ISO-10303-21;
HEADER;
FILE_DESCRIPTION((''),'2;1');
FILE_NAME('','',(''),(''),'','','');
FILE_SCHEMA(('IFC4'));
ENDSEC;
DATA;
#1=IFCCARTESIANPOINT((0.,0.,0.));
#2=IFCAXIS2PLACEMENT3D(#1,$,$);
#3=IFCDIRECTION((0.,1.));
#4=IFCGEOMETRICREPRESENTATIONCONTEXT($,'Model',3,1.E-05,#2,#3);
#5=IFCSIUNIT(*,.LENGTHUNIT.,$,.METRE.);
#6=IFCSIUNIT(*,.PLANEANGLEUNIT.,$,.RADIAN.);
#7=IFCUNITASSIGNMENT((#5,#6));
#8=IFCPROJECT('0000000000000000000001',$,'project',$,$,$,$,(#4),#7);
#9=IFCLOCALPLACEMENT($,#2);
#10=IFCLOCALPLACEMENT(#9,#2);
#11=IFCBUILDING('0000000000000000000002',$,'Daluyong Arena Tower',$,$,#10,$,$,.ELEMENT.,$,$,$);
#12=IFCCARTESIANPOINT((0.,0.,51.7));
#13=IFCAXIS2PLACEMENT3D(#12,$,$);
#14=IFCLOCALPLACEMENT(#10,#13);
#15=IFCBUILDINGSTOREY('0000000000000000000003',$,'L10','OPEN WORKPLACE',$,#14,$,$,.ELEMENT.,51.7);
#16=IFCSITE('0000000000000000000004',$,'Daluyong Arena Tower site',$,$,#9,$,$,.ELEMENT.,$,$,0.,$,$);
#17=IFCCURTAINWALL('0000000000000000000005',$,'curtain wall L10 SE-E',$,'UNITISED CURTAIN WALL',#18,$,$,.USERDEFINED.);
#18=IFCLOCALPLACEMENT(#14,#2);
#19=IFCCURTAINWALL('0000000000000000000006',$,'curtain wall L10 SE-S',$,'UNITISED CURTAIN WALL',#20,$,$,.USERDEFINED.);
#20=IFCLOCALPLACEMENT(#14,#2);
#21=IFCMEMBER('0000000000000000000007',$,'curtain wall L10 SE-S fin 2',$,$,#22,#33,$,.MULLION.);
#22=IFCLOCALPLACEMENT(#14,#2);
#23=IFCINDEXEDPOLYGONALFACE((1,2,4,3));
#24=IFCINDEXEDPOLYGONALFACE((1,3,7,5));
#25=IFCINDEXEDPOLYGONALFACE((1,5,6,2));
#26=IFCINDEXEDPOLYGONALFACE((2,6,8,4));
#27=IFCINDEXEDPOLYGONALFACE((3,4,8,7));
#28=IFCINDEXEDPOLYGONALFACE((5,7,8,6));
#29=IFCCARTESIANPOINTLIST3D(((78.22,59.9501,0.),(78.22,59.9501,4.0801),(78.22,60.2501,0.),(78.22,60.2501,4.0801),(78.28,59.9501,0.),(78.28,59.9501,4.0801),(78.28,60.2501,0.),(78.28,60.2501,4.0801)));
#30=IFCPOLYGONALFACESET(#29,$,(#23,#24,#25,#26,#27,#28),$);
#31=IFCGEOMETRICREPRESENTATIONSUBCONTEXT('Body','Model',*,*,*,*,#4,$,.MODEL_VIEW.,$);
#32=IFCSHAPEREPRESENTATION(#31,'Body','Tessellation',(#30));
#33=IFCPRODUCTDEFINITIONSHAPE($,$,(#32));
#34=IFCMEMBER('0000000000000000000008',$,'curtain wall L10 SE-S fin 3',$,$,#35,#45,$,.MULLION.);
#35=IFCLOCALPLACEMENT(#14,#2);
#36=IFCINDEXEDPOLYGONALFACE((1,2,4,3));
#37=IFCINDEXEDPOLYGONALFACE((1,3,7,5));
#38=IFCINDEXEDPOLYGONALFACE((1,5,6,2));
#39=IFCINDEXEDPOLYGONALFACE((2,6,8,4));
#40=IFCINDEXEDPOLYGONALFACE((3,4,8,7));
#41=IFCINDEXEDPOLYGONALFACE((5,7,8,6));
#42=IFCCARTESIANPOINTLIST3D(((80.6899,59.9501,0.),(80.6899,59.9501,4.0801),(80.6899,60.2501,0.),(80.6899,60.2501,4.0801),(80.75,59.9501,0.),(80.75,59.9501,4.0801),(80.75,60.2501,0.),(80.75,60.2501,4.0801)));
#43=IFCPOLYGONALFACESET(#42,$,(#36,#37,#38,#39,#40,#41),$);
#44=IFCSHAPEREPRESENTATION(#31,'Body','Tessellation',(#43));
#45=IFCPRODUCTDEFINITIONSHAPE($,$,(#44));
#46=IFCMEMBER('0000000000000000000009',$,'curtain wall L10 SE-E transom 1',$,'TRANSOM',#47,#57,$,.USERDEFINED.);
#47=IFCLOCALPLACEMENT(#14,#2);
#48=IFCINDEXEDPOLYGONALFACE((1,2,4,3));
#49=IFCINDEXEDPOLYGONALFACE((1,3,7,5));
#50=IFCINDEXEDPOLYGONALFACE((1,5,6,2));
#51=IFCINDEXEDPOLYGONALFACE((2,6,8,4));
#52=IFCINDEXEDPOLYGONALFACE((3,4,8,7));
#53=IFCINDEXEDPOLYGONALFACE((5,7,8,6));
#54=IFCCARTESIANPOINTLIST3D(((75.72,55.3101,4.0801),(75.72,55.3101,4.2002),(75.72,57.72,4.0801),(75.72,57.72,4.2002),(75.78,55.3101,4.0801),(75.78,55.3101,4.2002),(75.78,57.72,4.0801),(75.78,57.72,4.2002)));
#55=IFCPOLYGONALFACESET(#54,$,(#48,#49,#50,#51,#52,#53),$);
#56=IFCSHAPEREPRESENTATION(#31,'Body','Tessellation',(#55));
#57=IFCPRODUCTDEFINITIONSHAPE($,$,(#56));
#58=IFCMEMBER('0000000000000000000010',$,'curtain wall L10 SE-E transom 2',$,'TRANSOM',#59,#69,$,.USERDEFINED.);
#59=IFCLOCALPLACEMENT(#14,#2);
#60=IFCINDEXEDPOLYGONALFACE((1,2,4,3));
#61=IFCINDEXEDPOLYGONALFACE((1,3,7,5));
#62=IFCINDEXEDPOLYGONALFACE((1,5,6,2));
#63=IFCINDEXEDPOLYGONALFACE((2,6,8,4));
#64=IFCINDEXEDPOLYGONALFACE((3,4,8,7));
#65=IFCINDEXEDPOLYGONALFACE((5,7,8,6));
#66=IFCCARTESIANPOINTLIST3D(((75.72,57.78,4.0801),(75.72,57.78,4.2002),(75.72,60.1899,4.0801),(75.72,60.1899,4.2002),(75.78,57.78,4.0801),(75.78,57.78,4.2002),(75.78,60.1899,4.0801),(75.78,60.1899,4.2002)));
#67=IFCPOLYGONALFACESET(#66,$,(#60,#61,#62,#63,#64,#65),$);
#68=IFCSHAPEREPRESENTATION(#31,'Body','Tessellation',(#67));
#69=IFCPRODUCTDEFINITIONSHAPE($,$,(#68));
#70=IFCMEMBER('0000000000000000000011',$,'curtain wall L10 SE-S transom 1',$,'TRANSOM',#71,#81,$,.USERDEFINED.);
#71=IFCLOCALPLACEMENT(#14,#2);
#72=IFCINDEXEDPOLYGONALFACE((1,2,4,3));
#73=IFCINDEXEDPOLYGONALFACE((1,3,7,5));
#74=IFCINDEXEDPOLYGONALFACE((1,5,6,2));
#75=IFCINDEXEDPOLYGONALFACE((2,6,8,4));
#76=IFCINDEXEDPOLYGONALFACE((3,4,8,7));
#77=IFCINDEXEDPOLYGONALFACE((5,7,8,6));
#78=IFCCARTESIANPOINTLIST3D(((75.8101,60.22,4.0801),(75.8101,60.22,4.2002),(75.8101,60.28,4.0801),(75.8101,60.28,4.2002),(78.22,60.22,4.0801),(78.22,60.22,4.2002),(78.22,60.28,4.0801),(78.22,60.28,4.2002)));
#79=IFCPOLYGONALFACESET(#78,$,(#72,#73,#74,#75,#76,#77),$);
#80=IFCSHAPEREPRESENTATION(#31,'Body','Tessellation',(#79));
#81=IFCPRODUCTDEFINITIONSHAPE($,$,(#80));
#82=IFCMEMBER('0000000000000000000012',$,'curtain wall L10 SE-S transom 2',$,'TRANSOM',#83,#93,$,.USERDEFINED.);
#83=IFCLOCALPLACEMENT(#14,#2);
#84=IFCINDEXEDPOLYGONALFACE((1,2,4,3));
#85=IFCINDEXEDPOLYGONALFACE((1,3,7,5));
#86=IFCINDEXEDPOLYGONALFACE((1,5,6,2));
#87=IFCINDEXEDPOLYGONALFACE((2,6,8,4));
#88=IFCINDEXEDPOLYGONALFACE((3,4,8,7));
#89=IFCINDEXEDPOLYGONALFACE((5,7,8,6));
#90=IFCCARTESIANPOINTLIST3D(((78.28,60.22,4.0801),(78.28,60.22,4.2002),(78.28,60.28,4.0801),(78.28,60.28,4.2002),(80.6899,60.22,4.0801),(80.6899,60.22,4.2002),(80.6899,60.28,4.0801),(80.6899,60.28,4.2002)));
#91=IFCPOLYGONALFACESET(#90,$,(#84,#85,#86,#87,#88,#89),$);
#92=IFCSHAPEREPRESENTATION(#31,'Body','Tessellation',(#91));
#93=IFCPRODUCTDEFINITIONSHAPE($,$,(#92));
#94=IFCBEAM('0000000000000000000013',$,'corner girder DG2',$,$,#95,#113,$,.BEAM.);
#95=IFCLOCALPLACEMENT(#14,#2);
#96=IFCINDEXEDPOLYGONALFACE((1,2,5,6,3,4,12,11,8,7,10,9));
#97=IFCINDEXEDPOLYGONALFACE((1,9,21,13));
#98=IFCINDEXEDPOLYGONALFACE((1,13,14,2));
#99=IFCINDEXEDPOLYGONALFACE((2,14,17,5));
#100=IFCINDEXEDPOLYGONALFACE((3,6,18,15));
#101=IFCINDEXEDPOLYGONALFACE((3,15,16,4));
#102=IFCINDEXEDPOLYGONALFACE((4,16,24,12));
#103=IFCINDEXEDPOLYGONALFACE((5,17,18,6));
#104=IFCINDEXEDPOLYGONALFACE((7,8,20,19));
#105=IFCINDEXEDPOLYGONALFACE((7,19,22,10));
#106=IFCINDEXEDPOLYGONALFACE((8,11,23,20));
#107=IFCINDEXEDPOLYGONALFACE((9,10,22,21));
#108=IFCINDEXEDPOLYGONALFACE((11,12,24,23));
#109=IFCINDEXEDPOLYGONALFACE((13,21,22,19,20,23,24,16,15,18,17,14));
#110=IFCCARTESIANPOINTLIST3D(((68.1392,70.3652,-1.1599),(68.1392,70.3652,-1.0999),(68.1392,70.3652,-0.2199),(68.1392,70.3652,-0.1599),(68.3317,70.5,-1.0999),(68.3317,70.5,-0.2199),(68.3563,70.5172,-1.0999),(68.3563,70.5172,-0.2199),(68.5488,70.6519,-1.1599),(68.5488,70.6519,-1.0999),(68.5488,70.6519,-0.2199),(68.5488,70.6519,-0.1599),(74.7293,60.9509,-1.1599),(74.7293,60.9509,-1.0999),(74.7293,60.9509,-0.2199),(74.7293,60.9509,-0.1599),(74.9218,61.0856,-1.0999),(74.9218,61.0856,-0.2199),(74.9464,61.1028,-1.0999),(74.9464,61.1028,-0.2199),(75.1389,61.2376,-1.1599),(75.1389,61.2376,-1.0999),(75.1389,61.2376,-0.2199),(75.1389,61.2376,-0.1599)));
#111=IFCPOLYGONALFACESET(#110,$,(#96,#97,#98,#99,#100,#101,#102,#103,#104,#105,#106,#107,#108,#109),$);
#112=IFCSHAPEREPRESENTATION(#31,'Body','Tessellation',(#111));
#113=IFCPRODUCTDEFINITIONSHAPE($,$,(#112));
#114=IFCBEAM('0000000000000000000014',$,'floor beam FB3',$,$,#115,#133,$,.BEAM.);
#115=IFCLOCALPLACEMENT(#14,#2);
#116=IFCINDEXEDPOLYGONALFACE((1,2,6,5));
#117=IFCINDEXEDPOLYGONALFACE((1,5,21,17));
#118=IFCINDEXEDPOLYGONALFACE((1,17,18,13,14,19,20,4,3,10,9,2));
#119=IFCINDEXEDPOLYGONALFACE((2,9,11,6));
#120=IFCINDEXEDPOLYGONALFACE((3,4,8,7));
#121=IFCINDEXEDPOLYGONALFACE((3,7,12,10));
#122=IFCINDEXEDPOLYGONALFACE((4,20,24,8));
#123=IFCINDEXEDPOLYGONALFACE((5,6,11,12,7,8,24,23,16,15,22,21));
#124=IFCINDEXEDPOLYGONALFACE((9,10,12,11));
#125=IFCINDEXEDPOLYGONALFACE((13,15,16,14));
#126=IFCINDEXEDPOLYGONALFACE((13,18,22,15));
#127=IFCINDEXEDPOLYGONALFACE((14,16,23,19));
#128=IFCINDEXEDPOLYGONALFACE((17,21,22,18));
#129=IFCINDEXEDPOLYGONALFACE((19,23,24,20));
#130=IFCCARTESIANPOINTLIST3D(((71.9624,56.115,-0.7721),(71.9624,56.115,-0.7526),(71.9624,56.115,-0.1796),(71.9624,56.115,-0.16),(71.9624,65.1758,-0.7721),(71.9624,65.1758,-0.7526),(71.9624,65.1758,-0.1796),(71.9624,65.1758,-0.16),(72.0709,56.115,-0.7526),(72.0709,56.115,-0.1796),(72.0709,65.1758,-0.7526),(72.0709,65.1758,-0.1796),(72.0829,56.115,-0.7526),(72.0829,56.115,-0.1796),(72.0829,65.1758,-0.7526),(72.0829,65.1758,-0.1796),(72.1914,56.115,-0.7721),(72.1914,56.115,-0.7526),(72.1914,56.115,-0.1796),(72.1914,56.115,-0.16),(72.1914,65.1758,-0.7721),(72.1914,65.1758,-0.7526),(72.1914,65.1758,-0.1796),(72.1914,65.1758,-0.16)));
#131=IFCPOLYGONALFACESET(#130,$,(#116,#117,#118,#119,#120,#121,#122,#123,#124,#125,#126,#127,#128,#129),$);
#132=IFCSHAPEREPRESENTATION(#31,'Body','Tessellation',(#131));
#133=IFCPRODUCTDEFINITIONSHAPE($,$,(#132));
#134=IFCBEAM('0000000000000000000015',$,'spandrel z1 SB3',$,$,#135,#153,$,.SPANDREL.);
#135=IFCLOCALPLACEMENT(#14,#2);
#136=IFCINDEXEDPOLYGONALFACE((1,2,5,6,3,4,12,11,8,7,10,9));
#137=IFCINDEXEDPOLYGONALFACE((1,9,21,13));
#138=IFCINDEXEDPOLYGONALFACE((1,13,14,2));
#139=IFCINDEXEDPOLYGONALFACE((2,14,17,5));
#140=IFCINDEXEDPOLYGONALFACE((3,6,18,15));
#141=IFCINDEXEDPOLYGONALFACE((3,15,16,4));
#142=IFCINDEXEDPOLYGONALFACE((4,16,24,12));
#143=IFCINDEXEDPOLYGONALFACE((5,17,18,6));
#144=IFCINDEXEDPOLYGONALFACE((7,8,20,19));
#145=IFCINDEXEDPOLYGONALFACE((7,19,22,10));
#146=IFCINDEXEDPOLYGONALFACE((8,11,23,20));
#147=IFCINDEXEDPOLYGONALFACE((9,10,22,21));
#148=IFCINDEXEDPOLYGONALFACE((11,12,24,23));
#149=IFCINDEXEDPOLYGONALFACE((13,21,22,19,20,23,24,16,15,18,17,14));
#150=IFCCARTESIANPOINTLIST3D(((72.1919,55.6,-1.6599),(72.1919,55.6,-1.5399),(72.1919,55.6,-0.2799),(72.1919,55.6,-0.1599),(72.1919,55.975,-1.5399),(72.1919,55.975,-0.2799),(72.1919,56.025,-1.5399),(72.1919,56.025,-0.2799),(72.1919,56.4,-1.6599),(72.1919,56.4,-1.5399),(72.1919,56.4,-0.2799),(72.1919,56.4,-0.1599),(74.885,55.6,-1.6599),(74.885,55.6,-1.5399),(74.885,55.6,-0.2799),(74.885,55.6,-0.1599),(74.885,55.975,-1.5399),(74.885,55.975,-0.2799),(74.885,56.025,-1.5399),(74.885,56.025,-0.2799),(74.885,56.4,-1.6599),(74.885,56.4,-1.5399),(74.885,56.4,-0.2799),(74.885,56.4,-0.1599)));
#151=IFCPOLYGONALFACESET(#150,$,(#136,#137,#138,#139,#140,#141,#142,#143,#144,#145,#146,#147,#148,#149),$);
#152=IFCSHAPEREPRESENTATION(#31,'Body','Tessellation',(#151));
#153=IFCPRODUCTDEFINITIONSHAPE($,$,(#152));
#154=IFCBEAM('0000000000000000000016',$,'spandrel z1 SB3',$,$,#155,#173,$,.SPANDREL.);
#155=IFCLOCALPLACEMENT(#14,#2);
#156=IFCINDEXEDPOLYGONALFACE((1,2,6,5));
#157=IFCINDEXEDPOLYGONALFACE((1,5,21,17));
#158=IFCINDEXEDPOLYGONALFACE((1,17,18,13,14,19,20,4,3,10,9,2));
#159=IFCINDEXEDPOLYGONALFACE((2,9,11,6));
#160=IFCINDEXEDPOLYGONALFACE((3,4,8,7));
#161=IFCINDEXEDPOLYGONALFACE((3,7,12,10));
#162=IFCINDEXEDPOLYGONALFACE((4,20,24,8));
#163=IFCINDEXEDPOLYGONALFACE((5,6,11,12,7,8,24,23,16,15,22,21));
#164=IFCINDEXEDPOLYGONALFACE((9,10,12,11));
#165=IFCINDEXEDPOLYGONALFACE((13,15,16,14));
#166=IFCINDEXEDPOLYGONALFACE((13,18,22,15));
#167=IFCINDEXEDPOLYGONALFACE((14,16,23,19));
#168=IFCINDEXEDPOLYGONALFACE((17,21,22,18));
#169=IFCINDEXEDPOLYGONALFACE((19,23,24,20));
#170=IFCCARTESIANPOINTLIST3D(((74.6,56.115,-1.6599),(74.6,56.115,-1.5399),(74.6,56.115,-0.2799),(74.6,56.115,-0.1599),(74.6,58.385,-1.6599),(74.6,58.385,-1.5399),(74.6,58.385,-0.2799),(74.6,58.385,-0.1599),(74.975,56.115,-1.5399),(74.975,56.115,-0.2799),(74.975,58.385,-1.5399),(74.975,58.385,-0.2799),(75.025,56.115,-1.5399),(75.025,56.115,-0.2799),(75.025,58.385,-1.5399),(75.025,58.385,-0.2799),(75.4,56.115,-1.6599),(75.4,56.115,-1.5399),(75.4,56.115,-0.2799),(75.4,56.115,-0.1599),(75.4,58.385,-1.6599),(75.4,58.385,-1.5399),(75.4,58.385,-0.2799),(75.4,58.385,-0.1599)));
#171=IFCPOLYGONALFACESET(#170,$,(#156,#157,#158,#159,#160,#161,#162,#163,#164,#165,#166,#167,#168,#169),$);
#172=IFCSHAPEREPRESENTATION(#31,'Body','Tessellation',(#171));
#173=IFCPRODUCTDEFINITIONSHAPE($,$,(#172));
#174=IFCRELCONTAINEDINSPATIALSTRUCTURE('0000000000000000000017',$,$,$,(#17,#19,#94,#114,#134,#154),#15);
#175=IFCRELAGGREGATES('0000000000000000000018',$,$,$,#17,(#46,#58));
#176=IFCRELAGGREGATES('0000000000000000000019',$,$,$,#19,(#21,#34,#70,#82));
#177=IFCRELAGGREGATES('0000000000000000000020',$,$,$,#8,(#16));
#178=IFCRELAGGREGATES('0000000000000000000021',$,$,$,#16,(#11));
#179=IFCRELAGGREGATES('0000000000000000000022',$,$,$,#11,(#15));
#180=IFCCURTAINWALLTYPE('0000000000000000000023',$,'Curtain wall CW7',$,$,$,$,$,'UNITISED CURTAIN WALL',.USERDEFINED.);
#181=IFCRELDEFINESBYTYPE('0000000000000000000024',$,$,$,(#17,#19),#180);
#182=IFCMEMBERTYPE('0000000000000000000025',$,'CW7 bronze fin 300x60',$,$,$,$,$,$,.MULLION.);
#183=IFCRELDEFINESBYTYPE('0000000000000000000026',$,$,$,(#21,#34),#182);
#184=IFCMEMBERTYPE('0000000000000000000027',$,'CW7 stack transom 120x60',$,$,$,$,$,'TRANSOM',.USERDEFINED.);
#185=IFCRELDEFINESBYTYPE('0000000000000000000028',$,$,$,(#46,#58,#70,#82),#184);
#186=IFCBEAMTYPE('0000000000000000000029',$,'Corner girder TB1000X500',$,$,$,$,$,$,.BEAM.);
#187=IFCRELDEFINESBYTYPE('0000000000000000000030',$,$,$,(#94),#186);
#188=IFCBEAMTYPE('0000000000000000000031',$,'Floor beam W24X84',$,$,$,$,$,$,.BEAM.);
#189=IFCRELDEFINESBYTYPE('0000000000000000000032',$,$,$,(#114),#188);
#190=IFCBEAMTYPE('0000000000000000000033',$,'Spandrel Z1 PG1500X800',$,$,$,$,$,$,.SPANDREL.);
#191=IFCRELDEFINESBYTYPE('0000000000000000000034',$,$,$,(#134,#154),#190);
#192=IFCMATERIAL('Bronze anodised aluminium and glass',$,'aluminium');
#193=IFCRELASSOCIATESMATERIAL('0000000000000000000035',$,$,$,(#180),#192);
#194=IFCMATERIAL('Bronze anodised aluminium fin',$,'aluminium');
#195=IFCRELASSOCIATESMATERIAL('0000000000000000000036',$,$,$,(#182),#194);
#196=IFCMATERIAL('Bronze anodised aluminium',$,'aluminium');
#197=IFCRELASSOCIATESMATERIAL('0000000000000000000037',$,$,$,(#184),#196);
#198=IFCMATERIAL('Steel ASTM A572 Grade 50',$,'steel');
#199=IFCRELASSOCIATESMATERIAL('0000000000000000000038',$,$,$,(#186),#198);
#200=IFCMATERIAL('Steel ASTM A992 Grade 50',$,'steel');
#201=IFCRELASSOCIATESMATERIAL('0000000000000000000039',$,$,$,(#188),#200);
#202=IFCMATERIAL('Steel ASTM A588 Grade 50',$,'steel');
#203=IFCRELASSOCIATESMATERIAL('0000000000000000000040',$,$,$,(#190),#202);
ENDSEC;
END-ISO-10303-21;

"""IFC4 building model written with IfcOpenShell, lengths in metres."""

from ifc_helpers import new_model, si_unit, direction, frame, origin, origin_2d, place, context, subcontext, project, spatial, rectangle, i_section, extrude, material, material_profile, profile_set, type_object, element, aggregate, save


model = new_model("IFC4")

# Units and contexts
model_context = context("Model", 3, precision=1e-05, world=origin(), true_north=direction((0.0, 1.0)))
body_context = subcontext(model_context, "Body", "Model", "MODEL_VIEW")
ifc_project = project(units=[si_unit("LENGTHUNIT", "METRE"), si_unit("PLANEANGLEUNIT", "RADIAN")], contexts=[model_context])

# Site, building, storey
site_placement = place(None, origin())
site = spatial("IfcSite", under=ifc_project, at=site_placement, Name="Daluyong Arena Tower site", CompositionType="ELEMENT", RefElevation=0.0)
building_placement = place(site_placement, origin())
building = spatial("IfcBuilding", under=site, at=building_placement, Name="Daluyong Arena Tower", CompositionType="ELEMENT")
storey_placement = place(building_placement, frame((0.0, 0.0, 51.7)))
storey = spatial("IfcBuildingStorey", under=building, at=storey_placement, Name="L10", Description="OPEN WORKPLACE", CompositionType="ELEMENT", Elevation=51.7)

# Curtain walls, members
ifc_material_1 = material(Name="Bronze anodised aluminium and glass", Category="aluminium")
curtain_wall_type_1 = type_object("IfcCurtainWallType", Name="Curtain wall CW7", ElementType="UNITISED CURTAIN WALL", PredefinedType="USERDEFINED", material=ifc_material_1)
curtain_wall_1_placement = place(storey_placement, origin())
curtain_wall_1 = element("IfcCurtainWall", 1, at=curtain_wall_1_placement, inside=storey, type_object=curtain_wall_type_1, Name="curtain wall L10 SE-E", ObjectType="UNITISED CURTAIN WALL", PredefinedType="USERDEFINED")
ifc_material_2 = material(Name="Bronze anodised aluminium fin", Category="aluminium")
ifc_material_profile_1 = material_profile(ifc_material_2, rectangle(XDim=0.3, YDim=0.0601, at=origin_2d()))
ifc_profile_set_1 = profile_set([ifc_material_profile_1], Name="Bronze anodised aluminium fin")
member_type_1 = type_object("IfcMemberType", Name="CW7 bronze fin 300x60", PredefinedType="MULLION", material=ifc_profile_set_1)
curtain_wall_2_placement = place(storey_placement, origin())
curtain_wall_2 = element("IfcCurtainWall", 2, at=curtain_wall_2_placement, inside=storey, type_object=curtain_wall_type_1, Name="curtain wall L10 SE-S", ObjectType="UNITISED CURTAIN WALL", PredefinedType="USERDEFINED")
member_1_placement = place(storey_placement, frame((78.25, 60.1001, 0.0), z_axis=(0.0, 0.0, 1.0), x_axis=(0.0, 1.0, 0.0)))
member_1 = element("IfcMember", 3, at=member_1_placement, type_object=member_type_1, Name="curtain wall L10 SE-S fin 2", PredefinedType="MULLION", context=body_context, shape_type="SweptSolid", body=[
    extrude(rectangle(XDim=0.3, YDim=0.0601, at=origin_2d()), origin(), (0.0, 0.0, 1.0), 4.0801),
])
member_2_placement = place(storey_placement, frame((80.72, 60.1001, 0.0), z_axis=(0.0, 0.0, 1.0), x_axis=(0.0, 1.0, 0.0)))
member_2 = element("IfcMember", 4, at=member_2_placement, type_object=member_type_1, Name="curtain wall L10 SE-S fin 3", PredefinedType="MULLION", context=body_context, shape_type="SweptSolid", body=[
    extrude(rectangle(XDim=0.3, YDim=0.0601, at=origin_2d()), origin(), (0.0, 0.0, 1.0), 4.0801),
])

# Members
ifc_material_3 = material(Name="Bronze anodised aluminium", Category="aluminium")
ifc_material_profile_2 = material_profile(ifc_material_3, rectangle(XDim=0.0601, YDim=0.1201, at=origin_2d()))
ifc_profile_set_2 = profile_set([ifc_material_profile_2], Name="Bronze anodised aluminium")
member_type_2 = type_object("IfcMemberType", Name="CW7 stack transom 120x60", ElementType="TRANSOM", PredefinedType="USERDEFINED", material=ifc_profile_set_2)
member_3_placement = place(storey_placement, frame((75.75, 55.3101, 4.1401), z_axis=(0.0, 1.0, 0.0), x_axis=(-1.0, 0.0, 0.0)))
member_3 = element("IfcMember", 5, at=member_3_placement, type_object=member_type_2, Name="curtain wall L10 SE-E transom 1", ObjectType="TRANSOM", PredefinedType="USERDEFINED", context=body_context, shape_type="SweptSolid", body=[
    extrude(rectangle(XDim=0.0601, YDim=0.1201, at=origin_2d()), origin(), (0.0, 0.0, 1.0), 2.4099),
])
member_4_placement = place(storey_placement, frame((75.75, 57.78, 4.1401), z_axis=(0.0, 1.0, 0.0), x_axis=(-1.0, 0.0, 0.0)))
member_4 = element("IfcMember", 6, at=member_4_placement, type_object=member_type_2, Name="curtain wall L10 SE-E transom 2", ObjectType="TRANSOM", PredefinedType="USERDEFINED", context=body_context, shape_type="SweptSolid", body=[
    extrude(rectangle(XDim=0.0601, YDim=0.1201, at=origin_2d()), origin(), (0.0, 0.0, 1.0), 2.4099),
])
member_5_placement = place(storey_placement, frame((75.8101, 60.25, 4.1401), z_axis=(1.0, 0.0, 0.0), x_axis=(0.0, 1.0, 0.0)))
member_5 = element("IfcMember", 7, at=member_5_placement, type_object=member_type_2, Name="curtain wall L10 SE-S transom 1", ObjectType="TRANSOM", PredefinedType="USERDEFINED", context=body_context, shape_type="SweptSolid", body=[
    extrude(rectangle(XDim=0.0601, YDim=0.1201, at=origin_2d()), origin(), (0.0, 0.0, 1.0), 2.4099),
])
member_6_placement = place(storey_placement, frame((78.28, 60.25, 4.1401), z_axis=(1.0, 0.0, 0.0), x_axis=(0.0, 1.0, 0.0)))
member_6 = element("IfcMember", 8, at=member_6_placement, type_object=member_type_2, Name="curtain wall L10 SE-S transom 2", ObjectType="TRANSOM", PredefinedType="USERDEFINED", context=body_context, shape_type="SweptSolid", body=[
    extrude(rectangle(XDim=0.0601, YDim=0.1201, at=origin_2d()), origin(), (0.0, 0.0, 1.0), 2.4099),
])

# Beams
ifc_material_4 = material(Name="Steel ASTM A572 Grade 50", Category="steel")
ifc_material_profile_3 = material_profile(ifc_material_4, i_section(OverallWidth=0.5, OverallDepth=1.0, WebThickness=0.03, FlangeThickness=0.06, at=origin_2d()))
ifc_profile_set_3 = profile_set([ifc_material_profile_3], Name="Steel ASTM A572 Grade 50")
beam_type_1 = type_object("IfcBeamType", Name="Corner girder TB1000X500", PredefinedType="BEAM", material=ifc_profile_set_3)
beam_1_placement = place(storey_placement, frame((74.9341, 61.0942, -0.6599), z_axis=(-0.573467, 0.819229, 0.0), x_axis=(-0.819229, -0.573467, 0.0)))
element("IfcBeam", 9, at=beam_1_placement, inside=storey, type_object=beam_type_1, Name="corner girder DG2", PredefinedType="BEAM", context=body_context, shape_type="SweptSolid", body=[
    extrude(i_section(OverallWidth=0.5, OverallDepth=1.0, WebThickness=0.03, FlangeThickness=0.06, at=origin_2d()), origin(), (0.0, 0.0, 1.0), 11.4917),
])
ifc_material_5 = material(Name="Steel ASTM A992 Grade 50", Category="steel")
ifc_material_profile_4 = material_profile(ifc_material_5, i_section(OverallWidth=0.229, OverallDepth=0.6121, WebThickness=0.012, FlangeThickness=0.0195, at=origin_2d()))
ifc_profile_set_4 = profile_set([ifc_material_profile_4], Name="Steel ASTM A992 Grade 50")
beam_type_2 = type_object("IfcBeamType", Name="Floor beam W24X84", PredefinedType="BEAM", material=ifc_profile_set_4)
beam_2_placement = place(storey_placement, frame((72.0769, 56.115, -0.4661), z_axis=(0.0, 1.0, 0.0), x_axis=(-1.0, 0.0, 0.0)))
element("IfcBeam", 10, at=beam_2_placement, inside=storey, type_object=beam_type_2, Name="floor beam FB3", PredefinedType="BEAM", context=body_context, shape_type="SweptSolid", body=[
    extrude(i_section(OverallWidth=0.229, OverallDepth=0.6121, WebThickness=0.012, FlangeThickness=0.0195, at=origin_2d()), origin(), (0.0, 0.0, 1.0), 9.0608),
])
ifc_material_6 = material(Name="Steel ASTM A588 Grade 50", Category="steel")
ifc_material_profile_5 = material_profile(ifc_material_6, i_section(OverallWidth=0.8, OverallDepth=1.5, WebThickness=0.05, FlangeThickness=0.12, at=origin_2d()))
ifc_profile_set_5 = profile_set([ifc_material_profile_5], Name="Steel ASTM A588 Grade 50")
beam_type_3 = type_object("IfcBeamType", Name="Spandrel Z1 PG1500X800", PredefinedType="SPANDREL", material=ifc_profile_set_5)
beam_3_placement = place(storey_placement, frame((72.1919, 56.0, -0.9099), z_axis=(1.0, 0.0, 0.0), x_axis=(0.0, 1.0, 0.0)))
element("IfcBeam", 11, at=beam_3_placement, inside=storey, type_object=beam_type_3, Name="spandrel z1 SB3", PredefinedType="SPANDREL", context=body_context, shape_type="SweptSolid", body=[
    extrude(i_section(OverallWidth=0.8, OverallDepth=1.5, WebThickness=0.05, FlangeThickness=0.12, at=origin_2d()), origin(), (0.0, 0.0, 1.0), 2.6931),
])
for number, where, z_axis, x_axis, name in (
    (12, (75.0, 56.115, -0.9099), (0.0, 1.0, 0.0), (-1.0, 0.0, 0.0), "spandrel z1 SB3"),
):
    element("IfcBeam", number, at=place(storey_placement, frame(where, z_axis=z_axis, x_axis=x_axis)), inside=storey, type_object=beam_type_3, Name=name, PredefinedType="SPANDREL", context=body_context, shape_type="SweptSolid", body=[
        extrude(i_section(OverallWidth=0.8, OverallDepth=1.5, WebThickness=0.05, FlangeThickness=0.12, at=origin_2d()), origin(), (0.0, 0.0, 1.0), 2.27),
    ])

aggregate(curtain_wall_1, [member_3, member_4])
aggregate(curtain_wall_2, [member_1, member_2, member_5, member_6])

save(model, "model.ifc")
